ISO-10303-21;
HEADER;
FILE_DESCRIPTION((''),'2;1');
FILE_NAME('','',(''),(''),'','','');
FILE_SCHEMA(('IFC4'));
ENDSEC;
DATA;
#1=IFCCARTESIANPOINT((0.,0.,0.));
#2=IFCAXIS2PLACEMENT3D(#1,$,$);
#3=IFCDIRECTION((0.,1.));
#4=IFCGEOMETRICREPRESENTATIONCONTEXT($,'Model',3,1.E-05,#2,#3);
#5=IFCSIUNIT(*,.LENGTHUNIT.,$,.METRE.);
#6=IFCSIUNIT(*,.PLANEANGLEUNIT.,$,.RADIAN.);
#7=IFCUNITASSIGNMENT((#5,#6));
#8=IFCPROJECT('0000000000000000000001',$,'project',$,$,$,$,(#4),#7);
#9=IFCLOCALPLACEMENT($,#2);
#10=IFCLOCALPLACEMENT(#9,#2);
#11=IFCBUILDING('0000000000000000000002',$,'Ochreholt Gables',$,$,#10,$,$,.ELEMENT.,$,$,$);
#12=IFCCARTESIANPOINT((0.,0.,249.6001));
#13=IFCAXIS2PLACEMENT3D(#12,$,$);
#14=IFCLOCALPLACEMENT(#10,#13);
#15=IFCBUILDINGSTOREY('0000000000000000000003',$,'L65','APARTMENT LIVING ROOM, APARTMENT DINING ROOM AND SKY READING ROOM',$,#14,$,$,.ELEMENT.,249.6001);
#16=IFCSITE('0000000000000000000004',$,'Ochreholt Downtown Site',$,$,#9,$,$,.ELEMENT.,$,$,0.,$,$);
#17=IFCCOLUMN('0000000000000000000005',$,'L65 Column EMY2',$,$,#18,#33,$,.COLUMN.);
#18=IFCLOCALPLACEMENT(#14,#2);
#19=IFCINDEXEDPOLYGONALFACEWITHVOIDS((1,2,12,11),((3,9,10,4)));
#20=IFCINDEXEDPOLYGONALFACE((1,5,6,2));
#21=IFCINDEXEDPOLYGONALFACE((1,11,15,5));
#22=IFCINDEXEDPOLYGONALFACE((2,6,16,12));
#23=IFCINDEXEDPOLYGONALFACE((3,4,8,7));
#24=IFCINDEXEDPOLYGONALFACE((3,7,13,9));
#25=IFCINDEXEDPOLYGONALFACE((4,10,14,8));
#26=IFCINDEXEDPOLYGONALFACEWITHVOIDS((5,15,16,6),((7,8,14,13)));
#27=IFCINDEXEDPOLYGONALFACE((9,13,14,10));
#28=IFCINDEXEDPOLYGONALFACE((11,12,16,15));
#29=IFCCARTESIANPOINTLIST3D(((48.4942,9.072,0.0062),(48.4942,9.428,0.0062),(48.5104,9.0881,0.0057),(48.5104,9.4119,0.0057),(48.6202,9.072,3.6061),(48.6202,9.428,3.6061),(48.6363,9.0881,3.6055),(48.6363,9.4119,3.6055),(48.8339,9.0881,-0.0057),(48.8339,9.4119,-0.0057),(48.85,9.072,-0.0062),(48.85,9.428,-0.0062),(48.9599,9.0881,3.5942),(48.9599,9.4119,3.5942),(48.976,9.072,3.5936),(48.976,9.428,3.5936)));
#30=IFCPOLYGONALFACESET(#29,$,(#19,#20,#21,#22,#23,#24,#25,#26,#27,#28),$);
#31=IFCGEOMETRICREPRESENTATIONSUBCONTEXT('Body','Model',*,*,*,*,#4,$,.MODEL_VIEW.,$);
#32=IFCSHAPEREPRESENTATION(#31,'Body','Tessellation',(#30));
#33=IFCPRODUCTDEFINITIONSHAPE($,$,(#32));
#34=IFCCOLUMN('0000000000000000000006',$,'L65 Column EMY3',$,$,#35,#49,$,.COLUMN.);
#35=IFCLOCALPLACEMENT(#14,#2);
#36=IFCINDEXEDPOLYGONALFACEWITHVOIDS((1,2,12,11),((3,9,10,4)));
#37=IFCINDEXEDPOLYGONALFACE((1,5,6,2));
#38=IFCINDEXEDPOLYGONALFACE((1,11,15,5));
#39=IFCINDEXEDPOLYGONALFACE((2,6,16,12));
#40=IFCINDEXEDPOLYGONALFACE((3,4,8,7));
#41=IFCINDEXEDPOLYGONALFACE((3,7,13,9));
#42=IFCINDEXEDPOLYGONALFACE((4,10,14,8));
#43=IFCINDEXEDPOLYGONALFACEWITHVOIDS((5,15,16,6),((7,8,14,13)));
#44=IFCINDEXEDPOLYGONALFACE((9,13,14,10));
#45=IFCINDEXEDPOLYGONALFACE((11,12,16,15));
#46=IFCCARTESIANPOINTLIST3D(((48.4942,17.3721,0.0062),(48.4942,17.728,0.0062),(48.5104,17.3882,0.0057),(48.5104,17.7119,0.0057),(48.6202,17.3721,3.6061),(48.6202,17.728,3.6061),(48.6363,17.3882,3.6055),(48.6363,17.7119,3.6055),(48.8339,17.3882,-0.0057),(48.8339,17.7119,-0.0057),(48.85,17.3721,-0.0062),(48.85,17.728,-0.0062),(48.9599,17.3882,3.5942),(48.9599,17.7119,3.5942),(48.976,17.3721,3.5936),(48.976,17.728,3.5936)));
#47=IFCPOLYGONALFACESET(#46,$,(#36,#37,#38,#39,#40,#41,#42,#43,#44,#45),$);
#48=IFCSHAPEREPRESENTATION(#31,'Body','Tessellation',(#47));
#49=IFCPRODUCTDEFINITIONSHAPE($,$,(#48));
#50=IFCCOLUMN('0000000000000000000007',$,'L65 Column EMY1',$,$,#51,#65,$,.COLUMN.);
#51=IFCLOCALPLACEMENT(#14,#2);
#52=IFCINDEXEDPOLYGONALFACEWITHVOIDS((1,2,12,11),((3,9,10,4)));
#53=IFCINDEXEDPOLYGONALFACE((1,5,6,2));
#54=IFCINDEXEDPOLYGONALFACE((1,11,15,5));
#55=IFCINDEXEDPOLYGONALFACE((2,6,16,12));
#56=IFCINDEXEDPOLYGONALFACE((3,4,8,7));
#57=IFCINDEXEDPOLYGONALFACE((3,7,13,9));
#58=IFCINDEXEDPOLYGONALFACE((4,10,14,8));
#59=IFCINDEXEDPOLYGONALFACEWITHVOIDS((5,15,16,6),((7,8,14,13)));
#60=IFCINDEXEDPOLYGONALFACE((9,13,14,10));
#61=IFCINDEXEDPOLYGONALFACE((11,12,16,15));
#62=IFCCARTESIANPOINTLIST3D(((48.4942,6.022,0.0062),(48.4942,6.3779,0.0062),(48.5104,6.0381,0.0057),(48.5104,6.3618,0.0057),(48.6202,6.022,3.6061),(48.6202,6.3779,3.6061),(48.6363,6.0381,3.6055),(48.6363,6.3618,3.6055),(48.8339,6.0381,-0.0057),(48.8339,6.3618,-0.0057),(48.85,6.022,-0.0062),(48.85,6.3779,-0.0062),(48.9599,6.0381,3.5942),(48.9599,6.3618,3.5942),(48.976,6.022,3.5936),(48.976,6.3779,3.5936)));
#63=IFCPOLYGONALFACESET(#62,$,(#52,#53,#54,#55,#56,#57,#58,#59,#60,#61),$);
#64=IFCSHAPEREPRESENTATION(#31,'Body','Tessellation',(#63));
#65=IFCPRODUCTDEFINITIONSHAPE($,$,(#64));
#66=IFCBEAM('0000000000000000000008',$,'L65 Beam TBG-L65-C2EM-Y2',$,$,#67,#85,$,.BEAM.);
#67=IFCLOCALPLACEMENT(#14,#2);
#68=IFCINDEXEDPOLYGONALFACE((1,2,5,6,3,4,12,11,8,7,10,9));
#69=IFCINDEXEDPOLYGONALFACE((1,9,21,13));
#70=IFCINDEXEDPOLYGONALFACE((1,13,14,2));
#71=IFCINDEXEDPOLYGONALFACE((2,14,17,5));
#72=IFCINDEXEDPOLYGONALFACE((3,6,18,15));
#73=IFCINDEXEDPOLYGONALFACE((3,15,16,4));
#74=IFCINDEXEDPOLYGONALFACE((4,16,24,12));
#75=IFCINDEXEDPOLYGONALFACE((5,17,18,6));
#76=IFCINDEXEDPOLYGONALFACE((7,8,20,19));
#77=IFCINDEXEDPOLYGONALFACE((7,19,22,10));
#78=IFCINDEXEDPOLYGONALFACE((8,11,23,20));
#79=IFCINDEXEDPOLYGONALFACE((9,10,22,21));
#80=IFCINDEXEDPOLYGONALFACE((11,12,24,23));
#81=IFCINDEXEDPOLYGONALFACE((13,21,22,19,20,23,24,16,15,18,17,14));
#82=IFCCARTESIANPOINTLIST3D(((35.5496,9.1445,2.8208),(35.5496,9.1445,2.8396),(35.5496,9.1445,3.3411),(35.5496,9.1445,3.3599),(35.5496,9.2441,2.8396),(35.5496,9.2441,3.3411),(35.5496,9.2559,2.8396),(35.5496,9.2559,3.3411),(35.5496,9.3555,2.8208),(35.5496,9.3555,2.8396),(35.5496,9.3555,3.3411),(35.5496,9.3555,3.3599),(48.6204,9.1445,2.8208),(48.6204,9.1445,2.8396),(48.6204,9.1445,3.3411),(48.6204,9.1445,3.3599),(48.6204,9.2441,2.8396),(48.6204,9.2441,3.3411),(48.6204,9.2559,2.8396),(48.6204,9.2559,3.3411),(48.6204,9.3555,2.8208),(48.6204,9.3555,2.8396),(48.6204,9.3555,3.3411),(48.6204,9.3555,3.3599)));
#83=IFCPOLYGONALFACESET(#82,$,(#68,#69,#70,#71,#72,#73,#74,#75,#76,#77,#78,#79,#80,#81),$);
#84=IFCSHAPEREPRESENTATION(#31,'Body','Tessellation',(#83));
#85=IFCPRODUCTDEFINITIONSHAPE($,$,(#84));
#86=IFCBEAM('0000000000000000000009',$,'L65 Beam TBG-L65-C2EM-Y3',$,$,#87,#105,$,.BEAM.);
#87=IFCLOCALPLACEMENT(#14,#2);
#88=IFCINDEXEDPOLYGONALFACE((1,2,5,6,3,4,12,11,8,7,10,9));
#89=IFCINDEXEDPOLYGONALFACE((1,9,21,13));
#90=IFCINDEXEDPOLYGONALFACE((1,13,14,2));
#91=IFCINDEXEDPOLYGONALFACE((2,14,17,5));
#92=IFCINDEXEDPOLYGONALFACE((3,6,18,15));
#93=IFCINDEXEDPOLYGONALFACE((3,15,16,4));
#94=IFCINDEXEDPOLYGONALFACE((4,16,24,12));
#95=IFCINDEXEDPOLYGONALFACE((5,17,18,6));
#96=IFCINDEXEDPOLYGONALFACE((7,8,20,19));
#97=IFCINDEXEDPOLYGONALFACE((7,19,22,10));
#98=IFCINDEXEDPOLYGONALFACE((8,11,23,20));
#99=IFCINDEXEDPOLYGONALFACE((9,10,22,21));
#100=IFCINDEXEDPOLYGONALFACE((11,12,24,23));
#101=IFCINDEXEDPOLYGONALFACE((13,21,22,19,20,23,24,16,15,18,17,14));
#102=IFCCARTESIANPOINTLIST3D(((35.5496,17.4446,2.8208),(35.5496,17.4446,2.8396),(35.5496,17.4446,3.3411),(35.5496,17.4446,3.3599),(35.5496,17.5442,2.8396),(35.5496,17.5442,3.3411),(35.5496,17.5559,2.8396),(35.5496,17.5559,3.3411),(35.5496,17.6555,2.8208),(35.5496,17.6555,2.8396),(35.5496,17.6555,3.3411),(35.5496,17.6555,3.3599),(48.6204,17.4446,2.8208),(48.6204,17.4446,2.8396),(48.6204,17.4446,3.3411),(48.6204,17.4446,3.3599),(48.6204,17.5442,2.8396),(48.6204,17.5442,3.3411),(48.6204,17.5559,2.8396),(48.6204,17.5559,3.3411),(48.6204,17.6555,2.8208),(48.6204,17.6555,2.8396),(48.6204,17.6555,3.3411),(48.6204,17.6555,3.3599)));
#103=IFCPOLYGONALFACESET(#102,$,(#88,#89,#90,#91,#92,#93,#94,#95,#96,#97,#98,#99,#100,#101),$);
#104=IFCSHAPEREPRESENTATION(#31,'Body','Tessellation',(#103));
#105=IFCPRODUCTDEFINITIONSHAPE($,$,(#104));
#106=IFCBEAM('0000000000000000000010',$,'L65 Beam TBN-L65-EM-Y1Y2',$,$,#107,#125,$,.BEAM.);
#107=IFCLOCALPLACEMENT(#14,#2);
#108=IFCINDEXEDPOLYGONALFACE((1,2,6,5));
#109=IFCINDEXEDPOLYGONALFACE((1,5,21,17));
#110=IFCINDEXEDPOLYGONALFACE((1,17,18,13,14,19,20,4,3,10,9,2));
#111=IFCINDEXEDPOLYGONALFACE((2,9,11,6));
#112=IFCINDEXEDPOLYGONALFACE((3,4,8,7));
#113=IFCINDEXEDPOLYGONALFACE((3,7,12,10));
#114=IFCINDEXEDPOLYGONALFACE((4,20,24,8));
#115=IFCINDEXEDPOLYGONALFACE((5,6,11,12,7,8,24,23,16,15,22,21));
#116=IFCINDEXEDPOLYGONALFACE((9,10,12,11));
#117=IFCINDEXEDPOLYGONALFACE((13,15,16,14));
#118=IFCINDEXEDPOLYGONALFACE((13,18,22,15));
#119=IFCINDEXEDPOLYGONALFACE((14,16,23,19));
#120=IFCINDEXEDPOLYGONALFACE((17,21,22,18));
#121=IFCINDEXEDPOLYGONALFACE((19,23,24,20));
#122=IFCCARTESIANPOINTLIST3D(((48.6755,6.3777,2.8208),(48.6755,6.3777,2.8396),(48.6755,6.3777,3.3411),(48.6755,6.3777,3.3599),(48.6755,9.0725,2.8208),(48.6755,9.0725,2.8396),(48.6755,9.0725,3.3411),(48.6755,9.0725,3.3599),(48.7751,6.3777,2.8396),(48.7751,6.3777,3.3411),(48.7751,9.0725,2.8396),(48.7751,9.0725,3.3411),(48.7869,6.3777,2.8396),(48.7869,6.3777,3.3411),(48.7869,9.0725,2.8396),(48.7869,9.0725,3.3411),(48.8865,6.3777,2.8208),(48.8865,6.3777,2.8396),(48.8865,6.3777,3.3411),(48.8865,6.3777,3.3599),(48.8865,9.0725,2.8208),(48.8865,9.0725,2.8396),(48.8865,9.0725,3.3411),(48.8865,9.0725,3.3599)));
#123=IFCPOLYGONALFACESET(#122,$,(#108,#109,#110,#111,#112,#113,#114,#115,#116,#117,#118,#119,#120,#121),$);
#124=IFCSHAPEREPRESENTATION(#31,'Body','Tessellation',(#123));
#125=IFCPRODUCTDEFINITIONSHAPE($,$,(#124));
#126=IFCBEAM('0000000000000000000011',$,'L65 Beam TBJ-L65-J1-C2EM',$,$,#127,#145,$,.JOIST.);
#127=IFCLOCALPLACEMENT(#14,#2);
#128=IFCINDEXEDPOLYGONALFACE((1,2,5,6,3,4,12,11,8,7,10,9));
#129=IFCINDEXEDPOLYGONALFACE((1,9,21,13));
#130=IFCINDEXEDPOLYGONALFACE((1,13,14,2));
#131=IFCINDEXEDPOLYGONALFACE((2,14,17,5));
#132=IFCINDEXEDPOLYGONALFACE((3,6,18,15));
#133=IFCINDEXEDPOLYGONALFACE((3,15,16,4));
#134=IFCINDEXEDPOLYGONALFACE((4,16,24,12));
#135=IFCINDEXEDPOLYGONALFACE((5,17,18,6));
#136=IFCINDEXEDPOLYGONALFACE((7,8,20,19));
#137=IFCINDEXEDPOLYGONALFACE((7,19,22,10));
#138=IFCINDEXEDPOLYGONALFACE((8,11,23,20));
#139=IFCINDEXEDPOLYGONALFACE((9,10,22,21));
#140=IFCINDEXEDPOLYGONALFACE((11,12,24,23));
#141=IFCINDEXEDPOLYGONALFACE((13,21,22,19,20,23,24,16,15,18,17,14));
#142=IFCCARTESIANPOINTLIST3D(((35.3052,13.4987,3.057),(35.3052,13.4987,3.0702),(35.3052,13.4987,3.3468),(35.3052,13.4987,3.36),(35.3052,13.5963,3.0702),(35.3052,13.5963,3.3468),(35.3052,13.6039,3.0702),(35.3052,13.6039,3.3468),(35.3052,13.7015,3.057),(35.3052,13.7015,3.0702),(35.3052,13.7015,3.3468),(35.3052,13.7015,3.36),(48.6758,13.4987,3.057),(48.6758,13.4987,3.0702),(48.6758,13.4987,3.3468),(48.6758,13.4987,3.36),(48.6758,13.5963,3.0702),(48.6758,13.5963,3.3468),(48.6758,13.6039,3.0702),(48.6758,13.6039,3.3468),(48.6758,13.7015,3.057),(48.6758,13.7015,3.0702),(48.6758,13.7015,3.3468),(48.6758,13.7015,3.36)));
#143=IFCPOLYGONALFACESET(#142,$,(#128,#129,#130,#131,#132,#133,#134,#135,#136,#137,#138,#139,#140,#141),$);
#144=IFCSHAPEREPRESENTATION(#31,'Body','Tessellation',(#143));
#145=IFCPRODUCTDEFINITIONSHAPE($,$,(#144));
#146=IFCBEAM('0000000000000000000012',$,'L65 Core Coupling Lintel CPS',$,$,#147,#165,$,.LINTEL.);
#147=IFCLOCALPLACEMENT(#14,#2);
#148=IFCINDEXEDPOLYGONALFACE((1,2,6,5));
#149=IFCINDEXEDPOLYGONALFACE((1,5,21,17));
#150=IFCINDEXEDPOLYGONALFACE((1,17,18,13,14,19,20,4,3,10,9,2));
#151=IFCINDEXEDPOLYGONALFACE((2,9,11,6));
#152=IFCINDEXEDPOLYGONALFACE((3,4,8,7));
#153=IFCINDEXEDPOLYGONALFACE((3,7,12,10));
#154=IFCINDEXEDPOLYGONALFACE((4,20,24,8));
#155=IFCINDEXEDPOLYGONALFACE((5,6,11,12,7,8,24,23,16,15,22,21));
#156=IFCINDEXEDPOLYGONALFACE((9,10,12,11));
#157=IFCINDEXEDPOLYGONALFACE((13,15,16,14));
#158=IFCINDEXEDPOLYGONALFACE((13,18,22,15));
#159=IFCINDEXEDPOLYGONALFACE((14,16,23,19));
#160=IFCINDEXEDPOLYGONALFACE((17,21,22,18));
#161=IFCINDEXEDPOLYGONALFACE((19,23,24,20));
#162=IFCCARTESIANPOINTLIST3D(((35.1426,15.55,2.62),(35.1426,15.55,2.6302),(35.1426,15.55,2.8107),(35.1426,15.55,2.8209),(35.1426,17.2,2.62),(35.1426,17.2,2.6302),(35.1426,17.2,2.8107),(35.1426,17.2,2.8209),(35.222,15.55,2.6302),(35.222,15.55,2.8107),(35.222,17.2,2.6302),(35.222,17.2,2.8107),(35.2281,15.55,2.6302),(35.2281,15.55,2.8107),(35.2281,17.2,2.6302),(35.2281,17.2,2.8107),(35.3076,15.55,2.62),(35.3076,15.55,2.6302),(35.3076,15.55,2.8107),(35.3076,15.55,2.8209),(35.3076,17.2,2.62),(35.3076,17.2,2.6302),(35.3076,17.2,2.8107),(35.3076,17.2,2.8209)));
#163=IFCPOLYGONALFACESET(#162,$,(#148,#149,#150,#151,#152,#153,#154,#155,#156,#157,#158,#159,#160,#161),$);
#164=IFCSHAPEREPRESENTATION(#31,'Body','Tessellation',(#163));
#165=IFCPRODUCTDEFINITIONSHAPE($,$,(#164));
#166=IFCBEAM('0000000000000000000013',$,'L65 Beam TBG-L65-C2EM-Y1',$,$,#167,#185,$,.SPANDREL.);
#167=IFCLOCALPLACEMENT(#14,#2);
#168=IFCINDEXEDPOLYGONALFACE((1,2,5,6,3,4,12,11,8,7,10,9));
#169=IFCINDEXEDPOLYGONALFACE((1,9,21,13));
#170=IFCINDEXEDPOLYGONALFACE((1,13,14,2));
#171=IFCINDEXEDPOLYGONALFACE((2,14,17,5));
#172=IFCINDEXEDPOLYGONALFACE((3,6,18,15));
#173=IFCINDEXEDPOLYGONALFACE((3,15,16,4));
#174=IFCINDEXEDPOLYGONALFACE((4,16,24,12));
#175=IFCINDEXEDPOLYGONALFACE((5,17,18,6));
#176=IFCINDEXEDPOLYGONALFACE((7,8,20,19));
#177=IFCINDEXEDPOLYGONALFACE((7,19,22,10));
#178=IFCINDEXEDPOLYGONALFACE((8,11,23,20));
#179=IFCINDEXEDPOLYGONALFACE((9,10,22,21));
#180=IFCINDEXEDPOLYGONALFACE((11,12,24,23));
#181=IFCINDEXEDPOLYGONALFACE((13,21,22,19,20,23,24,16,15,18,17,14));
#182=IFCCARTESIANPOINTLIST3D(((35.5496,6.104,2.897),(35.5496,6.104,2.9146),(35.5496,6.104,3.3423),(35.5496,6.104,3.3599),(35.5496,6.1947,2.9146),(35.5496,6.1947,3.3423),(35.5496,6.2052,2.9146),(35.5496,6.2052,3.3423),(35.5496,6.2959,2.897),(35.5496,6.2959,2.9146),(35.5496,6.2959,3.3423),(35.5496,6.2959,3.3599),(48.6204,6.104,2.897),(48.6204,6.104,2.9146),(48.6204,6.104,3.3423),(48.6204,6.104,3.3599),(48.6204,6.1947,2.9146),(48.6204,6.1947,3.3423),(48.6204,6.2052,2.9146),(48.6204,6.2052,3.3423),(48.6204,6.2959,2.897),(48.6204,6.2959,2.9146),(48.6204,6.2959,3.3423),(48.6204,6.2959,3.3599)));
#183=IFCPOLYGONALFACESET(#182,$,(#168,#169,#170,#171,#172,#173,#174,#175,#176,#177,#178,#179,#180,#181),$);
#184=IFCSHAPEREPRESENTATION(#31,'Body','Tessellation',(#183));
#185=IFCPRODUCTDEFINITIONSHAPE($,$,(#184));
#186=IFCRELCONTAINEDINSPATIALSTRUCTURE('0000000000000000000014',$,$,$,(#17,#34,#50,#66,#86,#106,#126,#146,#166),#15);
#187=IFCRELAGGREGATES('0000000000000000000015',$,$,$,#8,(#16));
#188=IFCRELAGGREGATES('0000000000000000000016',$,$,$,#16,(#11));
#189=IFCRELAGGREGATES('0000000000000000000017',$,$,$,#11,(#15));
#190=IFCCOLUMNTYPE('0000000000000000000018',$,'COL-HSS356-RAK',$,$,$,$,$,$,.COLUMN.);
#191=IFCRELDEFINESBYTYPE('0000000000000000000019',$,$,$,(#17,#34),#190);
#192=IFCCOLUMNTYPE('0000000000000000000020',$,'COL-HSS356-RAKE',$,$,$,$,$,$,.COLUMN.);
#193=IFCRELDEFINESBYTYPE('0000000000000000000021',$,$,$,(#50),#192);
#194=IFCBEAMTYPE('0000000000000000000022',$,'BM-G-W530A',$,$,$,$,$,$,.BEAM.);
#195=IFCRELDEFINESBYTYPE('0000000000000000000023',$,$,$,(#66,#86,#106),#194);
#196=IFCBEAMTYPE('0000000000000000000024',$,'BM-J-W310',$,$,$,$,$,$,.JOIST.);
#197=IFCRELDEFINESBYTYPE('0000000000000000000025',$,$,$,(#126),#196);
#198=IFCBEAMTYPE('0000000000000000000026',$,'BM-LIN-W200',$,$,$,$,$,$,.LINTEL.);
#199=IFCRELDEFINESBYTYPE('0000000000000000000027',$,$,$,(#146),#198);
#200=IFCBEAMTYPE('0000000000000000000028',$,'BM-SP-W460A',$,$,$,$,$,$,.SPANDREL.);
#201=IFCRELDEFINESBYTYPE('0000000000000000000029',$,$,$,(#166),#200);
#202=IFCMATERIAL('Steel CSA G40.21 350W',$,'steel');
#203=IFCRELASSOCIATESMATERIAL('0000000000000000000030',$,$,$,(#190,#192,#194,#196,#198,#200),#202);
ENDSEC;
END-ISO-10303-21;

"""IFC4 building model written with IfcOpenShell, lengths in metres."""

from ifc_helpers import new_model, si_unit, direction, frame, origin, origin_2d, place, context, subcontext, project, spatial, hollow_rectangle, i_section, extrude, material, material_profile, profile_set, type_object, element, save


model = new_model("IFC4")

# Units and contexts
model_context = context("Model", 3, precision=1e-05, world=origin(), true_north=direction((0.0, 1.0)))
body_context = subcontext(model_context, "Body", "Model", "MODEL_VIEW")
ifc_project = project(units=[si_unit("LENGTHUNIT", "METRE"), si_unit("PLANEANGLEUNIT", "RADIAN")], contexts=[model_context])

# Site, building, storey
site_placement = place(None, origin())
site = spatial("IfcSite", under=ifc_project, at=site_placement, Name="Ochreholt Downtown Site", CompositionType="ELEMENT", RefElevation=0.0)
building_placement = place(site_placement, origin())
building = spatial("IfcBuilding", under=site, at=building_placement, Name="Ochreholt Gables", CompositionType="ELEMENT")
storey_placement = place(building_placement, frame((0.0, 0.0, 249.6001)))
storey = spatial("IfcBuildingStorey", under=building, at=storey_placement, Name="L65", Description="APARTMENT LIVING ROOM, APARTMENT DINING ROOM AND SKY READING ROOM", CompositionType="ELEMENT", Elevation=249.6001)

# Columns
ifc_material_1 = material(Name="Steel CSA G40.21 350W", Category="steel")
ifc_material_profile_1 = material_profile(ifc_material_1, hollow_rectangle(XDim=0.356, YDim=0.356, WallThickness=0.0161, at=origin_2d()), Name="HSS356X356X16")
ifc_profile_set_1 = profile_set([ifc_material_profile_1], Name="Steel CSA G40.21 350W")
column_type_1 = type_object("IfcColumnType", Name="COL-HSS356-RAK", PredefinedType="COLUMN", material=ifc_profile_set_1)
for number, where, z_axis, x_axis, name in (
    (1, (48.6721, 9.25, 0.0), (0.034974, 0.0, 0.999388), (0.0, 1.0, 0.0), "L65 Column EMY2"),
    (2, (48.6721, 17.55, 0.0), (0.034974, 0.0, 0.999388), (0.0, 1.0, 0.0), "L65 Column EMY3"),
):
    element("IfcColumn", number, at=place(storey_placement, frame(where, z_axis=z_axis, x_axis=x_axis)), inside=storey, type_object=column_type_1, Name=name, PredefinedType="COLUMN", context=body_context, shape_type="SweptSolid", body=[
        extrude(hollow_rectangle(XDim=0.356, YDim=0.356, WallThickness=0.0161, at=origin_2d()), origin(), (0.0, 0.0, 1.0), 3.6021),
    ])
ifc_material_profile_2 = material_profile(ifc_material_1, hollow_rectangle(XDim=0.356, YDim=0.356, WallThickness=0.0161, at=origin_2d()), Name="HSS356X356X16")
ifc_profile_set_2 = profile_set([ifc_material_profile_2], Name="Steel CSA G40.21 350W")
column_type_2 = type_object("IfcColumnType", Name="COL-HSS356-RAKE", PredefinedType="COLUMN", material=ifc_profile_set_2)
column_placement = place(storey_placement, frame((48.6721, 6.2, 0.0), z_axis=(0.034974, 0.0, 0.999388), x_axis=(0.0, 1.0, 0.0)))
element("IfcColumn", 3, at=column_placement, inside=storey, type_object=column_type_2, Name="L65 Column EMY1", PredefinedType="COLUMN", context=body_context, shape_type="SweptSolid", body=[
    extrude(hollow_rectangle(XDim=0.356, YDim=0.356, WallThickness=0.0161, at=origin_2d()), origin(), (0.0, 0.0, 1.0), 3.6021),
])

# Beams
ifc_material_profile_3 = material_profile(ifc_material_1, i_section(OverallWidth=0.2109, OverallDepth=0.5391, WebThickness=0.0117, FlangeThickness=0.0188, at=origin_2d()), Name="W530X109")
ifc_profile_set_3 = profile_set([ifc_material_profile_3], Name="Steel CSA G40.21 350W")
beam_type_1 = type_object("IfcBeamType", Name="BM-G-W530A", PredefinedType="BEAM", material=ifc_profile_set_3)
for number, where, z_axis, x_axis, name in (
    (4, (35.5496, 9.25, 3.0903), (1.0, 0.0, 0.0), (0.0, 1.0, 0.0), "L65 Beam TBG-L65-C2EM-Y2"),
    (5, (35.5496, 17.55, 3.0903), (1.0, 0.0, 0.0), (0.0, 1.0, 0.0), "L65 Beam TBG-L65-C2EM-Y3"),
):
    element("IfcBeam", number, at=place(storey_placement, frame(where, z_axis=z_axis, x_axis=x_axis)), inside=storey, type_object=beam_type_1, Name=name, PredefinedType="BEAM", context=body_context, shape_type="SweptSolid", body=[
        extrude(i_section(OverallWidth=0.2109, OverallDepth=0.5391, WebThickness=0.0117, FlangeThickness=0.0188, at=origin_2d()), origin(), (0.0, 0.0, 1.0), 13.0708),
    ])
beam_1_placement = place(storey_placement, frame((48.781, 6.3777, 3.0903), z_axis=(0.0, 1.0, 0.0), x_axis=(-1.0, 0.0, 0.0)))
element("IfcBeam", 6, at=beam_1_placement, inside=storey, type_object=beam_type_1, Name="L65 Beam TBN-L65-EM-Y1Y2", PredefinedType="BEAM", context=body_context, shape_type="SweptSolid", body=[
    extrude(i_section(OverallWidth=0.2109, OverallDepth=0.5391, WebThickness=0.0117, FlangeThickness=0.0188, at=origin_2d()), origin(), (0.0, 0.0, 1.0), 2.6948),
])
ifc_material_profile_4 = material_profile(ifc_material_1, i_section(OverallWidth=0.2029, OverallDepth=0.303, WebThickness=0.0076, FlangeThickness=0.0132, at=origin_2d()), Name="W310X60")
ifc_profile_set_4 = profile_set([ifc_material_profile_4], Name="Steel CSA G40.21 350W")
beam_type_2 = type_object("IfcBeamType", Name="BM-J-W310", PredefinedType="JOIST", material=ifc_profile_set_4)
beam_2_placement = place(storey_placement, frame((35.3052, 13.6001, 3.2085), z_axis=(1.0, 0.0, 0.0), x_axis=(0.0, 1.0, 0.0)))
element("IfcBeam", 7, at=beam_2_placement, inside=storey, type_object=beam_type_2, Name="L65 Beam TBJ-L65-J1-C2EM", PredefinedType="JOIST", context=body_context, shape_type="SweptSolid", body=[
    extrude(i_section(OverallWidth=0.2029, OverallDepth=0.303, WebThickness=0.0076, FlangeThickness=0.0132, at=origin_2d()), origin(), (0.0, 0.0, 1.0), 13.3706),
])
ifc_material_profile_5 = material_profile(ifc_material_1, i_section(OverallWidth=0.165, OverallDepth=0.2009, WebThickness=0.0061, FlangeThickness=0.0103, at=origin_2d()), Name="W200X36")
ifc_profile_set_5 = profile_set([ifc_material_profile_5], Name="Steel CSA G40.21 350W")
beam_type_3 = type_object("IfcBeamType", Name="BM-LIN-W200", PredefinedType="LINTEL", material=ifc_profile_set_5)
beam_3_placement = place(storey_placement, frame((35.2251, 15.55, 2.7205), z_axis=(0.0, 1.0, 0.0), x_axis=(-1.0, 0.0, 0.0)))
element("IfcBeam", 8, at=beam_3_placement, inside=storey, type_object=beam_type_3, Name="L65 Core Coupling Lintel CPS", PredefinedType="LINTEL", context=body_context, shape_type="SweptSolid", body=[
    extrude(i_section(OverallWidth=0.165, OverallDepth=0.2009, WebThickness=0.0061, FlangeThickness=0.0103, at=origin_2d()), origin(), (0.0, 0.0, 1.0), 1.6499),
])
ifc_material_profile_6 = material_profile(ifc_material_1, i_section(OverallWidth=0.1919, OverallDepth=0.4629, WebThickness=0.0105, FlangeThickness=0.0176, at=origin_2d()), Name="W460X89")
ifc_profile_set_6 = profile_set([ifc_material_profile_6], Name="Steel CSA G40.21 350W")
beam_type_4 = type_object("IfcBeamType", Name="BM-SP-W460A", PredefinedType="SPANDREL", material=ifc_profile_set_6)
beam_4_placement = place(storey_placement, frame((35.5496, 6.2, 3.1284), z_axis=(1.0, 0.0, 0.0), x_axis=(0.0, 1.0, 0.0)))
element("IfcBeam", 9, at=beam_4_placement, inside=storey, type_object=beam_type_4, Name="L65 Beam TBG-L65-C2EM-Y1", PredefinedType="SPANDREL", context=body_context, shape_type="SweptSolid", body=[
    extrude(i_section(OverallWidth=0.1919, OverallDepth=0.4629, WebThickness=0.0105, FlangeThickness=0.0176, at=origin_2d()), origin(), (0.0, 0.0, 1.0), 13.0708),
])

save(model, "model.ifc")
